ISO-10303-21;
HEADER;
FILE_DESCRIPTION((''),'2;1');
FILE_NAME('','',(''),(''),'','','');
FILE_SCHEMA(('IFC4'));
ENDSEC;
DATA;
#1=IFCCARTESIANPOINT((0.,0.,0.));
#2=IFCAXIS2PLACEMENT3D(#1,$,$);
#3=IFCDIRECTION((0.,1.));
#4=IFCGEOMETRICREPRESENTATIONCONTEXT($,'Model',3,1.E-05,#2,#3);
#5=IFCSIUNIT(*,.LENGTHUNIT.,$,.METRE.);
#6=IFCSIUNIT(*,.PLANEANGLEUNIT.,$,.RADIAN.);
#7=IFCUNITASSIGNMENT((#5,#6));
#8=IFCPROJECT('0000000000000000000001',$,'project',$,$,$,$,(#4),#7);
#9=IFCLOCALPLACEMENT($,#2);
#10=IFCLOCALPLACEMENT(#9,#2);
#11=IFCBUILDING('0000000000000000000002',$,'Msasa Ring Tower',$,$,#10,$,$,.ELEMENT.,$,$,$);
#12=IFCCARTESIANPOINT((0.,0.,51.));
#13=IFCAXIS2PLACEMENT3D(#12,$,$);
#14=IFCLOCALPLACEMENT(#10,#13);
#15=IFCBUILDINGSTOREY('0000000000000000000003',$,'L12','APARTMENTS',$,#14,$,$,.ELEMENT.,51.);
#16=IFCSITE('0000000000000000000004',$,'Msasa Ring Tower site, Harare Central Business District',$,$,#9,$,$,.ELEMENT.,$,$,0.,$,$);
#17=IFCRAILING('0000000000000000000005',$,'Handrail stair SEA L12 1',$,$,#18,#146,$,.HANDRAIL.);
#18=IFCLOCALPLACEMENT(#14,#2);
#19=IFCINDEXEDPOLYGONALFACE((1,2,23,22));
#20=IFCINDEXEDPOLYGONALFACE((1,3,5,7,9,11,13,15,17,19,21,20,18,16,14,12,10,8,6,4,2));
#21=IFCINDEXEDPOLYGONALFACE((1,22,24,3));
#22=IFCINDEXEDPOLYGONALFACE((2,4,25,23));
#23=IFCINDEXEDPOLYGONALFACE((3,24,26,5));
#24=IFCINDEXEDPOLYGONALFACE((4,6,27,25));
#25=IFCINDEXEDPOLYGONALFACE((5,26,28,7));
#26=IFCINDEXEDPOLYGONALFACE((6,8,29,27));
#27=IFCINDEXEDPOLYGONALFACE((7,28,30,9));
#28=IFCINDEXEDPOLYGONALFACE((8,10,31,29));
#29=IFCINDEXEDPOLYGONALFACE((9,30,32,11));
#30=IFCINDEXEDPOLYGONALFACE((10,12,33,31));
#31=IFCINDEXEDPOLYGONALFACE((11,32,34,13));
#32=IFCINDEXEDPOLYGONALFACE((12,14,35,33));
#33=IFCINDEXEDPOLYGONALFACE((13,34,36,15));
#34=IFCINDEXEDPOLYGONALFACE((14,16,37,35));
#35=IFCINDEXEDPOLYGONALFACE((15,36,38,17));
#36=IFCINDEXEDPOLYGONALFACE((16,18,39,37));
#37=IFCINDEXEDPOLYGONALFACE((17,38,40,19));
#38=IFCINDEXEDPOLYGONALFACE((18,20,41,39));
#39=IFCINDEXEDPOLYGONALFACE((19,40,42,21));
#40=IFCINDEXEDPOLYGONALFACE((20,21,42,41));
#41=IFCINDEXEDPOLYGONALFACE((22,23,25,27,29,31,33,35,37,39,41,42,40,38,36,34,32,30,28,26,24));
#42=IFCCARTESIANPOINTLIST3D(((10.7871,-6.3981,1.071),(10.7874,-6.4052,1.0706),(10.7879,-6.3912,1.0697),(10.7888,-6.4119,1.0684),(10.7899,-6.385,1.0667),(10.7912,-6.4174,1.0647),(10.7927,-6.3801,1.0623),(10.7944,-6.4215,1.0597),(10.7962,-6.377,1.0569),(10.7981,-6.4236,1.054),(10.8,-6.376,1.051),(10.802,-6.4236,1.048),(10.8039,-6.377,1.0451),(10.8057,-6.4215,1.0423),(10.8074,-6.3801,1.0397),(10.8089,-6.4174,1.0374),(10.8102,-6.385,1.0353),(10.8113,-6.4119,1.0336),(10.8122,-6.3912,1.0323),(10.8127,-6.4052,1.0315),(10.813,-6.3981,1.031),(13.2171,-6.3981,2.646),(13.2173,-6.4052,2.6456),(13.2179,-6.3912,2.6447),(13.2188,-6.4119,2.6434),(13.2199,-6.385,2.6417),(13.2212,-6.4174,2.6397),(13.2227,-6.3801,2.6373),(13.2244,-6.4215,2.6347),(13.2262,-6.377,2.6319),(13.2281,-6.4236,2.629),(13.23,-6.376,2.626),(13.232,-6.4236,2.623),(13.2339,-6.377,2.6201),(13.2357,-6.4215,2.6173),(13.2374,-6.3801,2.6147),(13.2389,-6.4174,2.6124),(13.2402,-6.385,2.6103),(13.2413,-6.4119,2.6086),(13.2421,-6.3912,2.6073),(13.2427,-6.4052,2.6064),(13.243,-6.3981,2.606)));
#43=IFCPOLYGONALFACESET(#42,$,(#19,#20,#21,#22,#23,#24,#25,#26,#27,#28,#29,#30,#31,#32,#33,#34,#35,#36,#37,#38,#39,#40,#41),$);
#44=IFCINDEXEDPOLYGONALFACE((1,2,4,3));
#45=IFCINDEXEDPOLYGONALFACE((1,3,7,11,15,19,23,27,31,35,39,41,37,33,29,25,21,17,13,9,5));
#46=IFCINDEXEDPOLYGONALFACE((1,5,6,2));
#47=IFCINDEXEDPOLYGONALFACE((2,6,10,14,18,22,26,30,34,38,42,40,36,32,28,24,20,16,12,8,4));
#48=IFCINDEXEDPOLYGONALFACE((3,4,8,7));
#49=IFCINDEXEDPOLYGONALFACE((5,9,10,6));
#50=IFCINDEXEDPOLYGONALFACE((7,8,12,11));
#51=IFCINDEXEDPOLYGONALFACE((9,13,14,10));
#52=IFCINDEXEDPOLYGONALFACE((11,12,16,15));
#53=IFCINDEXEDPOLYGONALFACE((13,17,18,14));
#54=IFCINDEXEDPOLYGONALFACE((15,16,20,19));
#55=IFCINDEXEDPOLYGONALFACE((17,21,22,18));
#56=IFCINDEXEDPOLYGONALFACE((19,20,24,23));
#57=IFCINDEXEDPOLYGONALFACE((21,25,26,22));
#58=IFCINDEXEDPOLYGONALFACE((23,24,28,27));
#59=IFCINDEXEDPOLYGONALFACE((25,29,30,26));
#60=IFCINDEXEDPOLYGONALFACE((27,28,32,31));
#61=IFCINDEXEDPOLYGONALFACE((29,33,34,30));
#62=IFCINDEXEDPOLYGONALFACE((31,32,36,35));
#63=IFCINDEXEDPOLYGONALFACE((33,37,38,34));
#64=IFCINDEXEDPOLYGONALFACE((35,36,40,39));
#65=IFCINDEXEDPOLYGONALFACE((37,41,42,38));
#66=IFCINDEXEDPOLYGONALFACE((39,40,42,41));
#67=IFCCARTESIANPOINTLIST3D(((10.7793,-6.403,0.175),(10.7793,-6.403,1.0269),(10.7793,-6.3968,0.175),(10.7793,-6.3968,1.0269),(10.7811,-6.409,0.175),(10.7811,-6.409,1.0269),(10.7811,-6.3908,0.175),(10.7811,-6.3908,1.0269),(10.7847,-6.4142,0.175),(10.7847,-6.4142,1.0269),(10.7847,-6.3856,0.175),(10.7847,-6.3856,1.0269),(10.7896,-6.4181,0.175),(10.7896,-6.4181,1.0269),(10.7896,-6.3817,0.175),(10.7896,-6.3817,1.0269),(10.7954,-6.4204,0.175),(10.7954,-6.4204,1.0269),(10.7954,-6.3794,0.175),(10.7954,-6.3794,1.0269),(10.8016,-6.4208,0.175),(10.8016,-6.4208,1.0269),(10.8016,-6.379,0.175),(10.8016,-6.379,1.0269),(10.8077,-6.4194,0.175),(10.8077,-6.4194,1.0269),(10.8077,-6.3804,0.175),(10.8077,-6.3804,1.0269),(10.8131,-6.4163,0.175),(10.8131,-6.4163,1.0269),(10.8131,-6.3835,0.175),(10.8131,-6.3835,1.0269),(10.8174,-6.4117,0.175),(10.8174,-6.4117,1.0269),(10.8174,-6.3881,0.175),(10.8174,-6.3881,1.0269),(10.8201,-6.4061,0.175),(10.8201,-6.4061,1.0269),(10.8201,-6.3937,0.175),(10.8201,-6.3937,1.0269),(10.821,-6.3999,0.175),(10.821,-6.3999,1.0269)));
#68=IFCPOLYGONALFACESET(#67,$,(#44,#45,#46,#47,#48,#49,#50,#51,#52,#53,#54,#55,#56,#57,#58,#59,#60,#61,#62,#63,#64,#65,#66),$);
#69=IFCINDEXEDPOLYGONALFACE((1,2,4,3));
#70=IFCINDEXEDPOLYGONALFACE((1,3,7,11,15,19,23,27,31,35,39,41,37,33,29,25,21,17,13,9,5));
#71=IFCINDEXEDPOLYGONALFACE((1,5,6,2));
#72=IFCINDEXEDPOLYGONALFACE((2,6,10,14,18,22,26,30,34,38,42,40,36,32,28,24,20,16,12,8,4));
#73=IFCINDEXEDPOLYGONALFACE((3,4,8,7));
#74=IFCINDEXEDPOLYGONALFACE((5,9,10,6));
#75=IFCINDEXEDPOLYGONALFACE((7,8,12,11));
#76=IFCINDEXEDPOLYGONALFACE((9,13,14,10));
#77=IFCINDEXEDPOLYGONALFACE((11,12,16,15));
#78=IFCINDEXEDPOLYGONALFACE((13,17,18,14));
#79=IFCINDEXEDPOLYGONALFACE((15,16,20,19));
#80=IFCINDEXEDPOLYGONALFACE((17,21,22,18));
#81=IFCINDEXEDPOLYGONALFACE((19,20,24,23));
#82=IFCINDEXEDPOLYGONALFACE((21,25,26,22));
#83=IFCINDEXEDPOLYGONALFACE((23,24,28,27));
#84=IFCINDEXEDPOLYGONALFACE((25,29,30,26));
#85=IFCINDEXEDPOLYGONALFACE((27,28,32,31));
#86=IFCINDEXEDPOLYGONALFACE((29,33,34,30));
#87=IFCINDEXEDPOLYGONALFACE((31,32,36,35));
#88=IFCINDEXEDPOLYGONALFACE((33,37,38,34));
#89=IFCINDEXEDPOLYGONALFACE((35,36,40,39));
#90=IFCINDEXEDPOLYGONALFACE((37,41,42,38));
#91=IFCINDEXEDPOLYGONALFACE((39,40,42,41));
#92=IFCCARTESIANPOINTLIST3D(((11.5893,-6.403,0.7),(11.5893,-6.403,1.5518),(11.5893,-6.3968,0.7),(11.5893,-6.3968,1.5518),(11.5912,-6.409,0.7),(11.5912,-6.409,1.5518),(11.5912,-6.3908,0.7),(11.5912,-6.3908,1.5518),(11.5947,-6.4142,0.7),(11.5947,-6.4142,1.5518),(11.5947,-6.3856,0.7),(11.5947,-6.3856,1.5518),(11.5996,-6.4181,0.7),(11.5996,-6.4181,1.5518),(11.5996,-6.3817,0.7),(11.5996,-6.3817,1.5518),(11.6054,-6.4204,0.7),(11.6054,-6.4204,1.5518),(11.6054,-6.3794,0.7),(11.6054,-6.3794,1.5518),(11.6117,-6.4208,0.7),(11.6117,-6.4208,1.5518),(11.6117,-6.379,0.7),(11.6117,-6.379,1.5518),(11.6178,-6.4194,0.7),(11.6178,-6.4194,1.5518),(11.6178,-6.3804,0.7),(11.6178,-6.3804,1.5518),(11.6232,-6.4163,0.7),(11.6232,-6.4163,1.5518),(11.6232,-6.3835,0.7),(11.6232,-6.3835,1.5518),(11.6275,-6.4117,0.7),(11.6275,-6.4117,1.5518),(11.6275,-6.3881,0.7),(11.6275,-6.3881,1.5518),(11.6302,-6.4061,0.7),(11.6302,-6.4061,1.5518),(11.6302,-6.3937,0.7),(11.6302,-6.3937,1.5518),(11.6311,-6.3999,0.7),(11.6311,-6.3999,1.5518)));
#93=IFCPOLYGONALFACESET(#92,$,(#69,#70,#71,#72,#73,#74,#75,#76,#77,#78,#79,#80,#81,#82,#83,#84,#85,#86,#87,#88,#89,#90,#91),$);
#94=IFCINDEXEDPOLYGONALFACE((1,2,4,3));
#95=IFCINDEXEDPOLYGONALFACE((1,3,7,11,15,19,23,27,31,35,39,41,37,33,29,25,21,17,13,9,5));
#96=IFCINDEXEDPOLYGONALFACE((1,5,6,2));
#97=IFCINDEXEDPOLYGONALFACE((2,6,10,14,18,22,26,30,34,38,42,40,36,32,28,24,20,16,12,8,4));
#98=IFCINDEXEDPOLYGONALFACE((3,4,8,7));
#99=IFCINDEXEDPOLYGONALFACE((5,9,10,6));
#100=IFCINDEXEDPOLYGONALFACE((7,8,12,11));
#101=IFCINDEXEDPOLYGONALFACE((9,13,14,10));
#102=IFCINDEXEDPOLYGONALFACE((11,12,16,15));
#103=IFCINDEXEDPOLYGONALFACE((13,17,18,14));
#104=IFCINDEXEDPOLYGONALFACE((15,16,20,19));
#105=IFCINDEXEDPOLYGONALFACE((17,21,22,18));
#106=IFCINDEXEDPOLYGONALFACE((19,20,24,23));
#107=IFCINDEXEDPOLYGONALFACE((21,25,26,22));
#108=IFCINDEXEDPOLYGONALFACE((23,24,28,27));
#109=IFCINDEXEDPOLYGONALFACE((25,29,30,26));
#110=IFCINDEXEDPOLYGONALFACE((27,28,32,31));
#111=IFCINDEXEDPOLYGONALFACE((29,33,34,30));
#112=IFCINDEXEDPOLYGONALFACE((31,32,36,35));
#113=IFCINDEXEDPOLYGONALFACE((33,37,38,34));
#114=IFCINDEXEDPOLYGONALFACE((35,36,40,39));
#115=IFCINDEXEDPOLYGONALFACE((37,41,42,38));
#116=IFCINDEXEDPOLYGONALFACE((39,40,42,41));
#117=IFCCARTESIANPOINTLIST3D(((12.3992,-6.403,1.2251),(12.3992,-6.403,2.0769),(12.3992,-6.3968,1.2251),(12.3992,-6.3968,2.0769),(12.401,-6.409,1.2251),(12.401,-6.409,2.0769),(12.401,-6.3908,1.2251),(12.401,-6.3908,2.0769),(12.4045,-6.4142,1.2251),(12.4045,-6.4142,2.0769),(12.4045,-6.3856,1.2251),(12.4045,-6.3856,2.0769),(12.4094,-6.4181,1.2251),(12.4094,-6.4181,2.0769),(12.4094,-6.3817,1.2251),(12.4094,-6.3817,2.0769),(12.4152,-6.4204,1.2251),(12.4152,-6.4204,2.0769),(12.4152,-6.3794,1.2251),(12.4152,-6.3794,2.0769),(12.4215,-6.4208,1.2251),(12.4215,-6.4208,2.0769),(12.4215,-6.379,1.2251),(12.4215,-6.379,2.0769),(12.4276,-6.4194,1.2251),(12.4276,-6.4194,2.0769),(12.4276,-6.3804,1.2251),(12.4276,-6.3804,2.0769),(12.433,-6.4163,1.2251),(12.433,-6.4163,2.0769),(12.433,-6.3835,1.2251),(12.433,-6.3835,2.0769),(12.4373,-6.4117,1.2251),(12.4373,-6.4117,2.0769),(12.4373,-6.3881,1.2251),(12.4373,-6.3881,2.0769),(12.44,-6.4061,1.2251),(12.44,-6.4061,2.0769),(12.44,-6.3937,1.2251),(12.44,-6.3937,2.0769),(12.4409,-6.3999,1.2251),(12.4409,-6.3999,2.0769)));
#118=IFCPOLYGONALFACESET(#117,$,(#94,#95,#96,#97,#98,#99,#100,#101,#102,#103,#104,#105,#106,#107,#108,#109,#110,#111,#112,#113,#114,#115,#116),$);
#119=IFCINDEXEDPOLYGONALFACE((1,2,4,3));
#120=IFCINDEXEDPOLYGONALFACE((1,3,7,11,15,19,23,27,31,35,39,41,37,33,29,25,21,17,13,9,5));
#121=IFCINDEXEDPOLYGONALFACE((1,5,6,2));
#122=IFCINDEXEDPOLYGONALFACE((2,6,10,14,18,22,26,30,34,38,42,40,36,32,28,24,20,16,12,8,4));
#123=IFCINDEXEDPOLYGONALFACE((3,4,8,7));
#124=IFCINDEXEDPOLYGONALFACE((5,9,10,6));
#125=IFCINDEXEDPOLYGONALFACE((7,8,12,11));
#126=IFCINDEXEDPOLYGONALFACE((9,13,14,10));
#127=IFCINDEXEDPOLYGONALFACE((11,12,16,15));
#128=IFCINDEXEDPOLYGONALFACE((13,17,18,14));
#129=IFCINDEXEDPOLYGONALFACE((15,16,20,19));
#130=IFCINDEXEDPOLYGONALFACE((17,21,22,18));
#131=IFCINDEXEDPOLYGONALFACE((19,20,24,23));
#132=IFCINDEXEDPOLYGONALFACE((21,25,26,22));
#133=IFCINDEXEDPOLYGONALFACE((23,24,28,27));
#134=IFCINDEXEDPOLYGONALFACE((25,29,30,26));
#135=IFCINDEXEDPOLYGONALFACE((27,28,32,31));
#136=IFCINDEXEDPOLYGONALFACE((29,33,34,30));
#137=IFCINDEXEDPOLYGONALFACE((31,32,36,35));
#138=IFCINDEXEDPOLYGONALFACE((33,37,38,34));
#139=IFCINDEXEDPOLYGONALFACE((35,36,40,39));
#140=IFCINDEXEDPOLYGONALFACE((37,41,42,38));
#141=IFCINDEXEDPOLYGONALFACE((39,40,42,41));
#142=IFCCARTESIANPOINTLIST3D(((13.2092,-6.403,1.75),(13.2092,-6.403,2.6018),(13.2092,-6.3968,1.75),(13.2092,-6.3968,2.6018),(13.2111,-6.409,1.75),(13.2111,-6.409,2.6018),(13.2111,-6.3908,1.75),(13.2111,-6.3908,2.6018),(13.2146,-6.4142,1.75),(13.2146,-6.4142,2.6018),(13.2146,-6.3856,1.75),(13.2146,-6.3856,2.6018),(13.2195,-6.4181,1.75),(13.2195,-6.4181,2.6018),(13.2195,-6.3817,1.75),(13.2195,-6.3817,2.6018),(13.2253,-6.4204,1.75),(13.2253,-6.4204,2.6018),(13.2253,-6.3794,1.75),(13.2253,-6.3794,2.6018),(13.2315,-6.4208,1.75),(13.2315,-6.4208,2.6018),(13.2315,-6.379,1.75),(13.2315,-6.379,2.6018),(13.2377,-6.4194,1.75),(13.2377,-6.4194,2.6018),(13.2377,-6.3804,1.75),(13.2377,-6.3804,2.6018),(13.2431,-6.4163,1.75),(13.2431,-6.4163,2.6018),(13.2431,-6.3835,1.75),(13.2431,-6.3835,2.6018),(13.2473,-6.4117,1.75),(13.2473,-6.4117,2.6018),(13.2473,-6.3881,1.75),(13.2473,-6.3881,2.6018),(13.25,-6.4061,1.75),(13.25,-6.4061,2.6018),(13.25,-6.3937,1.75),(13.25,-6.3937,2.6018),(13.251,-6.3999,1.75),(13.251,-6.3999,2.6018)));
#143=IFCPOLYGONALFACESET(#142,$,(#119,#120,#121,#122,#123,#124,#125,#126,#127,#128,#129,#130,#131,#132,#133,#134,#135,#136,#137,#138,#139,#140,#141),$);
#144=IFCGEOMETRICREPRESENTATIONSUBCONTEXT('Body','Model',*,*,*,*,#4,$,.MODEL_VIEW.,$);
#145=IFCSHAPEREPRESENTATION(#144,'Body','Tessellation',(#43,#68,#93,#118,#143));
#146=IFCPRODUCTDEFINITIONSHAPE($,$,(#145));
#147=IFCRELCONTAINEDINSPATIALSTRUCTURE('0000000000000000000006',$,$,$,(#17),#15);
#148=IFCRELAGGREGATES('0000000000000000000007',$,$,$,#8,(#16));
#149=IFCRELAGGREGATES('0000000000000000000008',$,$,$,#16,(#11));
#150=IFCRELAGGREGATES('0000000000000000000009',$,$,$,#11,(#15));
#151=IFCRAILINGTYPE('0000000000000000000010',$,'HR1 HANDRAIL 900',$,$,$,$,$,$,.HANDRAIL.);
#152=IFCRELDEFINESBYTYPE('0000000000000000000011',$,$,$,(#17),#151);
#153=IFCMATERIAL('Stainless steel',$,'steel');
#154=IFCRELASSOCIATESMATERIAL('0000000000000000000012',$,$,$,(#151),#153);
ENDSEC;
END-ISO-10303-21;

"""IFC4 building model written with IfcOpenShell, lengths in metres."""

from ifc_helpers import new_model, si_unit, direction, frame, origin, origin_2d, place, context, subcontext, project, spatial, circle, extrude, material, type_object, element, save


model = new_model("IFC4")

# Units and contexts
model_context = context("Model", 3, precision=1e-05, world=origin(), true_north=direction((0.0, 1.0)))
body_context = subcontext(model_context, "Body", "Model", "MODEL_VIEW")
ifc_project = project(units=[si_unit("LENGTHUNIT", "METRE"), si_unit("PLANEANGLEUNIT", "RADIAN")], contexts=[model_context])

# Site, building, storey
site_placement = place(None, origin())
site = spatial("IfcSite", under=ifc_project, at=site_placement, Name="Msasa Ring Tower site, Harare Central Business District", CompositionType="ELEMENT", RefElevation=0.0)
building_placement = place(site_placement, origin())
building = spatial("IfcBuilding", under=site, at=building_placement, Name="Msasa Ring Tower", CompositionType="ELEMENT")
storey_placement = place(building_placement, frame((0.0, 0.0, 51.0)))
storey = spatial("IfcBuildingStorey", under=building, at=storey_placement, Name="L12", Description="APARTMENTS", CompositionType="ELEMENT", Elevation=51.0)

# Railing
ifc_material_1 = material(Name="Stainless steel", Category="steel")
railing_type = type_object("IfcRailingType", Name="HR1 HANDRAIL 900", PredefinedType="HANDRAIL", material=ifc_material_1)
for number, where, name in (
    (1, (10.8, -6.3999, 0.175), "Handrail stair SEA L12 1"),
):
    element("IfcRailing", number, at=place(storey_placement, frame(where)), inside=storey, type_object=railing_type, Name=name, PredefinedType="HANDRAIL", context=body_context, shape_type="SweptSolid", body=[
        extrude(circle(Radius=0.0239, at=origin_2d()), frame((0.0, 0.0, 0.876), z_axis=(0.839154, 0.0, 0.543894), x_axis=(0.0, 1.0, 0.0)), (0.0, 0.0, 1.0), 2.8958),
        extrude(circle(Radius=0.021, at=origin_2d()), origin(), (0.0, 0.0, 1.0), 0.8518),
        extrude(circle(Radius=0.021, at=origin_2d()), frame((0.8101, 0.0, 0.5249)), (0.0, 0.0, 1.0), 0.8518),
        extrude(circle(Radius=0.021, at=origin_2d()), frame((1.6199, 0.0, 1.05)), (0.0, 0.0, 1.0), 0.8518),
        extrude(circle(Radius=0.021, at=origin_2d()), frame((2.4299, 0.0, 1.575)), (0.0, 0.0, 1.0), 0.8518),
    ])

save(model, "model.ifc")
